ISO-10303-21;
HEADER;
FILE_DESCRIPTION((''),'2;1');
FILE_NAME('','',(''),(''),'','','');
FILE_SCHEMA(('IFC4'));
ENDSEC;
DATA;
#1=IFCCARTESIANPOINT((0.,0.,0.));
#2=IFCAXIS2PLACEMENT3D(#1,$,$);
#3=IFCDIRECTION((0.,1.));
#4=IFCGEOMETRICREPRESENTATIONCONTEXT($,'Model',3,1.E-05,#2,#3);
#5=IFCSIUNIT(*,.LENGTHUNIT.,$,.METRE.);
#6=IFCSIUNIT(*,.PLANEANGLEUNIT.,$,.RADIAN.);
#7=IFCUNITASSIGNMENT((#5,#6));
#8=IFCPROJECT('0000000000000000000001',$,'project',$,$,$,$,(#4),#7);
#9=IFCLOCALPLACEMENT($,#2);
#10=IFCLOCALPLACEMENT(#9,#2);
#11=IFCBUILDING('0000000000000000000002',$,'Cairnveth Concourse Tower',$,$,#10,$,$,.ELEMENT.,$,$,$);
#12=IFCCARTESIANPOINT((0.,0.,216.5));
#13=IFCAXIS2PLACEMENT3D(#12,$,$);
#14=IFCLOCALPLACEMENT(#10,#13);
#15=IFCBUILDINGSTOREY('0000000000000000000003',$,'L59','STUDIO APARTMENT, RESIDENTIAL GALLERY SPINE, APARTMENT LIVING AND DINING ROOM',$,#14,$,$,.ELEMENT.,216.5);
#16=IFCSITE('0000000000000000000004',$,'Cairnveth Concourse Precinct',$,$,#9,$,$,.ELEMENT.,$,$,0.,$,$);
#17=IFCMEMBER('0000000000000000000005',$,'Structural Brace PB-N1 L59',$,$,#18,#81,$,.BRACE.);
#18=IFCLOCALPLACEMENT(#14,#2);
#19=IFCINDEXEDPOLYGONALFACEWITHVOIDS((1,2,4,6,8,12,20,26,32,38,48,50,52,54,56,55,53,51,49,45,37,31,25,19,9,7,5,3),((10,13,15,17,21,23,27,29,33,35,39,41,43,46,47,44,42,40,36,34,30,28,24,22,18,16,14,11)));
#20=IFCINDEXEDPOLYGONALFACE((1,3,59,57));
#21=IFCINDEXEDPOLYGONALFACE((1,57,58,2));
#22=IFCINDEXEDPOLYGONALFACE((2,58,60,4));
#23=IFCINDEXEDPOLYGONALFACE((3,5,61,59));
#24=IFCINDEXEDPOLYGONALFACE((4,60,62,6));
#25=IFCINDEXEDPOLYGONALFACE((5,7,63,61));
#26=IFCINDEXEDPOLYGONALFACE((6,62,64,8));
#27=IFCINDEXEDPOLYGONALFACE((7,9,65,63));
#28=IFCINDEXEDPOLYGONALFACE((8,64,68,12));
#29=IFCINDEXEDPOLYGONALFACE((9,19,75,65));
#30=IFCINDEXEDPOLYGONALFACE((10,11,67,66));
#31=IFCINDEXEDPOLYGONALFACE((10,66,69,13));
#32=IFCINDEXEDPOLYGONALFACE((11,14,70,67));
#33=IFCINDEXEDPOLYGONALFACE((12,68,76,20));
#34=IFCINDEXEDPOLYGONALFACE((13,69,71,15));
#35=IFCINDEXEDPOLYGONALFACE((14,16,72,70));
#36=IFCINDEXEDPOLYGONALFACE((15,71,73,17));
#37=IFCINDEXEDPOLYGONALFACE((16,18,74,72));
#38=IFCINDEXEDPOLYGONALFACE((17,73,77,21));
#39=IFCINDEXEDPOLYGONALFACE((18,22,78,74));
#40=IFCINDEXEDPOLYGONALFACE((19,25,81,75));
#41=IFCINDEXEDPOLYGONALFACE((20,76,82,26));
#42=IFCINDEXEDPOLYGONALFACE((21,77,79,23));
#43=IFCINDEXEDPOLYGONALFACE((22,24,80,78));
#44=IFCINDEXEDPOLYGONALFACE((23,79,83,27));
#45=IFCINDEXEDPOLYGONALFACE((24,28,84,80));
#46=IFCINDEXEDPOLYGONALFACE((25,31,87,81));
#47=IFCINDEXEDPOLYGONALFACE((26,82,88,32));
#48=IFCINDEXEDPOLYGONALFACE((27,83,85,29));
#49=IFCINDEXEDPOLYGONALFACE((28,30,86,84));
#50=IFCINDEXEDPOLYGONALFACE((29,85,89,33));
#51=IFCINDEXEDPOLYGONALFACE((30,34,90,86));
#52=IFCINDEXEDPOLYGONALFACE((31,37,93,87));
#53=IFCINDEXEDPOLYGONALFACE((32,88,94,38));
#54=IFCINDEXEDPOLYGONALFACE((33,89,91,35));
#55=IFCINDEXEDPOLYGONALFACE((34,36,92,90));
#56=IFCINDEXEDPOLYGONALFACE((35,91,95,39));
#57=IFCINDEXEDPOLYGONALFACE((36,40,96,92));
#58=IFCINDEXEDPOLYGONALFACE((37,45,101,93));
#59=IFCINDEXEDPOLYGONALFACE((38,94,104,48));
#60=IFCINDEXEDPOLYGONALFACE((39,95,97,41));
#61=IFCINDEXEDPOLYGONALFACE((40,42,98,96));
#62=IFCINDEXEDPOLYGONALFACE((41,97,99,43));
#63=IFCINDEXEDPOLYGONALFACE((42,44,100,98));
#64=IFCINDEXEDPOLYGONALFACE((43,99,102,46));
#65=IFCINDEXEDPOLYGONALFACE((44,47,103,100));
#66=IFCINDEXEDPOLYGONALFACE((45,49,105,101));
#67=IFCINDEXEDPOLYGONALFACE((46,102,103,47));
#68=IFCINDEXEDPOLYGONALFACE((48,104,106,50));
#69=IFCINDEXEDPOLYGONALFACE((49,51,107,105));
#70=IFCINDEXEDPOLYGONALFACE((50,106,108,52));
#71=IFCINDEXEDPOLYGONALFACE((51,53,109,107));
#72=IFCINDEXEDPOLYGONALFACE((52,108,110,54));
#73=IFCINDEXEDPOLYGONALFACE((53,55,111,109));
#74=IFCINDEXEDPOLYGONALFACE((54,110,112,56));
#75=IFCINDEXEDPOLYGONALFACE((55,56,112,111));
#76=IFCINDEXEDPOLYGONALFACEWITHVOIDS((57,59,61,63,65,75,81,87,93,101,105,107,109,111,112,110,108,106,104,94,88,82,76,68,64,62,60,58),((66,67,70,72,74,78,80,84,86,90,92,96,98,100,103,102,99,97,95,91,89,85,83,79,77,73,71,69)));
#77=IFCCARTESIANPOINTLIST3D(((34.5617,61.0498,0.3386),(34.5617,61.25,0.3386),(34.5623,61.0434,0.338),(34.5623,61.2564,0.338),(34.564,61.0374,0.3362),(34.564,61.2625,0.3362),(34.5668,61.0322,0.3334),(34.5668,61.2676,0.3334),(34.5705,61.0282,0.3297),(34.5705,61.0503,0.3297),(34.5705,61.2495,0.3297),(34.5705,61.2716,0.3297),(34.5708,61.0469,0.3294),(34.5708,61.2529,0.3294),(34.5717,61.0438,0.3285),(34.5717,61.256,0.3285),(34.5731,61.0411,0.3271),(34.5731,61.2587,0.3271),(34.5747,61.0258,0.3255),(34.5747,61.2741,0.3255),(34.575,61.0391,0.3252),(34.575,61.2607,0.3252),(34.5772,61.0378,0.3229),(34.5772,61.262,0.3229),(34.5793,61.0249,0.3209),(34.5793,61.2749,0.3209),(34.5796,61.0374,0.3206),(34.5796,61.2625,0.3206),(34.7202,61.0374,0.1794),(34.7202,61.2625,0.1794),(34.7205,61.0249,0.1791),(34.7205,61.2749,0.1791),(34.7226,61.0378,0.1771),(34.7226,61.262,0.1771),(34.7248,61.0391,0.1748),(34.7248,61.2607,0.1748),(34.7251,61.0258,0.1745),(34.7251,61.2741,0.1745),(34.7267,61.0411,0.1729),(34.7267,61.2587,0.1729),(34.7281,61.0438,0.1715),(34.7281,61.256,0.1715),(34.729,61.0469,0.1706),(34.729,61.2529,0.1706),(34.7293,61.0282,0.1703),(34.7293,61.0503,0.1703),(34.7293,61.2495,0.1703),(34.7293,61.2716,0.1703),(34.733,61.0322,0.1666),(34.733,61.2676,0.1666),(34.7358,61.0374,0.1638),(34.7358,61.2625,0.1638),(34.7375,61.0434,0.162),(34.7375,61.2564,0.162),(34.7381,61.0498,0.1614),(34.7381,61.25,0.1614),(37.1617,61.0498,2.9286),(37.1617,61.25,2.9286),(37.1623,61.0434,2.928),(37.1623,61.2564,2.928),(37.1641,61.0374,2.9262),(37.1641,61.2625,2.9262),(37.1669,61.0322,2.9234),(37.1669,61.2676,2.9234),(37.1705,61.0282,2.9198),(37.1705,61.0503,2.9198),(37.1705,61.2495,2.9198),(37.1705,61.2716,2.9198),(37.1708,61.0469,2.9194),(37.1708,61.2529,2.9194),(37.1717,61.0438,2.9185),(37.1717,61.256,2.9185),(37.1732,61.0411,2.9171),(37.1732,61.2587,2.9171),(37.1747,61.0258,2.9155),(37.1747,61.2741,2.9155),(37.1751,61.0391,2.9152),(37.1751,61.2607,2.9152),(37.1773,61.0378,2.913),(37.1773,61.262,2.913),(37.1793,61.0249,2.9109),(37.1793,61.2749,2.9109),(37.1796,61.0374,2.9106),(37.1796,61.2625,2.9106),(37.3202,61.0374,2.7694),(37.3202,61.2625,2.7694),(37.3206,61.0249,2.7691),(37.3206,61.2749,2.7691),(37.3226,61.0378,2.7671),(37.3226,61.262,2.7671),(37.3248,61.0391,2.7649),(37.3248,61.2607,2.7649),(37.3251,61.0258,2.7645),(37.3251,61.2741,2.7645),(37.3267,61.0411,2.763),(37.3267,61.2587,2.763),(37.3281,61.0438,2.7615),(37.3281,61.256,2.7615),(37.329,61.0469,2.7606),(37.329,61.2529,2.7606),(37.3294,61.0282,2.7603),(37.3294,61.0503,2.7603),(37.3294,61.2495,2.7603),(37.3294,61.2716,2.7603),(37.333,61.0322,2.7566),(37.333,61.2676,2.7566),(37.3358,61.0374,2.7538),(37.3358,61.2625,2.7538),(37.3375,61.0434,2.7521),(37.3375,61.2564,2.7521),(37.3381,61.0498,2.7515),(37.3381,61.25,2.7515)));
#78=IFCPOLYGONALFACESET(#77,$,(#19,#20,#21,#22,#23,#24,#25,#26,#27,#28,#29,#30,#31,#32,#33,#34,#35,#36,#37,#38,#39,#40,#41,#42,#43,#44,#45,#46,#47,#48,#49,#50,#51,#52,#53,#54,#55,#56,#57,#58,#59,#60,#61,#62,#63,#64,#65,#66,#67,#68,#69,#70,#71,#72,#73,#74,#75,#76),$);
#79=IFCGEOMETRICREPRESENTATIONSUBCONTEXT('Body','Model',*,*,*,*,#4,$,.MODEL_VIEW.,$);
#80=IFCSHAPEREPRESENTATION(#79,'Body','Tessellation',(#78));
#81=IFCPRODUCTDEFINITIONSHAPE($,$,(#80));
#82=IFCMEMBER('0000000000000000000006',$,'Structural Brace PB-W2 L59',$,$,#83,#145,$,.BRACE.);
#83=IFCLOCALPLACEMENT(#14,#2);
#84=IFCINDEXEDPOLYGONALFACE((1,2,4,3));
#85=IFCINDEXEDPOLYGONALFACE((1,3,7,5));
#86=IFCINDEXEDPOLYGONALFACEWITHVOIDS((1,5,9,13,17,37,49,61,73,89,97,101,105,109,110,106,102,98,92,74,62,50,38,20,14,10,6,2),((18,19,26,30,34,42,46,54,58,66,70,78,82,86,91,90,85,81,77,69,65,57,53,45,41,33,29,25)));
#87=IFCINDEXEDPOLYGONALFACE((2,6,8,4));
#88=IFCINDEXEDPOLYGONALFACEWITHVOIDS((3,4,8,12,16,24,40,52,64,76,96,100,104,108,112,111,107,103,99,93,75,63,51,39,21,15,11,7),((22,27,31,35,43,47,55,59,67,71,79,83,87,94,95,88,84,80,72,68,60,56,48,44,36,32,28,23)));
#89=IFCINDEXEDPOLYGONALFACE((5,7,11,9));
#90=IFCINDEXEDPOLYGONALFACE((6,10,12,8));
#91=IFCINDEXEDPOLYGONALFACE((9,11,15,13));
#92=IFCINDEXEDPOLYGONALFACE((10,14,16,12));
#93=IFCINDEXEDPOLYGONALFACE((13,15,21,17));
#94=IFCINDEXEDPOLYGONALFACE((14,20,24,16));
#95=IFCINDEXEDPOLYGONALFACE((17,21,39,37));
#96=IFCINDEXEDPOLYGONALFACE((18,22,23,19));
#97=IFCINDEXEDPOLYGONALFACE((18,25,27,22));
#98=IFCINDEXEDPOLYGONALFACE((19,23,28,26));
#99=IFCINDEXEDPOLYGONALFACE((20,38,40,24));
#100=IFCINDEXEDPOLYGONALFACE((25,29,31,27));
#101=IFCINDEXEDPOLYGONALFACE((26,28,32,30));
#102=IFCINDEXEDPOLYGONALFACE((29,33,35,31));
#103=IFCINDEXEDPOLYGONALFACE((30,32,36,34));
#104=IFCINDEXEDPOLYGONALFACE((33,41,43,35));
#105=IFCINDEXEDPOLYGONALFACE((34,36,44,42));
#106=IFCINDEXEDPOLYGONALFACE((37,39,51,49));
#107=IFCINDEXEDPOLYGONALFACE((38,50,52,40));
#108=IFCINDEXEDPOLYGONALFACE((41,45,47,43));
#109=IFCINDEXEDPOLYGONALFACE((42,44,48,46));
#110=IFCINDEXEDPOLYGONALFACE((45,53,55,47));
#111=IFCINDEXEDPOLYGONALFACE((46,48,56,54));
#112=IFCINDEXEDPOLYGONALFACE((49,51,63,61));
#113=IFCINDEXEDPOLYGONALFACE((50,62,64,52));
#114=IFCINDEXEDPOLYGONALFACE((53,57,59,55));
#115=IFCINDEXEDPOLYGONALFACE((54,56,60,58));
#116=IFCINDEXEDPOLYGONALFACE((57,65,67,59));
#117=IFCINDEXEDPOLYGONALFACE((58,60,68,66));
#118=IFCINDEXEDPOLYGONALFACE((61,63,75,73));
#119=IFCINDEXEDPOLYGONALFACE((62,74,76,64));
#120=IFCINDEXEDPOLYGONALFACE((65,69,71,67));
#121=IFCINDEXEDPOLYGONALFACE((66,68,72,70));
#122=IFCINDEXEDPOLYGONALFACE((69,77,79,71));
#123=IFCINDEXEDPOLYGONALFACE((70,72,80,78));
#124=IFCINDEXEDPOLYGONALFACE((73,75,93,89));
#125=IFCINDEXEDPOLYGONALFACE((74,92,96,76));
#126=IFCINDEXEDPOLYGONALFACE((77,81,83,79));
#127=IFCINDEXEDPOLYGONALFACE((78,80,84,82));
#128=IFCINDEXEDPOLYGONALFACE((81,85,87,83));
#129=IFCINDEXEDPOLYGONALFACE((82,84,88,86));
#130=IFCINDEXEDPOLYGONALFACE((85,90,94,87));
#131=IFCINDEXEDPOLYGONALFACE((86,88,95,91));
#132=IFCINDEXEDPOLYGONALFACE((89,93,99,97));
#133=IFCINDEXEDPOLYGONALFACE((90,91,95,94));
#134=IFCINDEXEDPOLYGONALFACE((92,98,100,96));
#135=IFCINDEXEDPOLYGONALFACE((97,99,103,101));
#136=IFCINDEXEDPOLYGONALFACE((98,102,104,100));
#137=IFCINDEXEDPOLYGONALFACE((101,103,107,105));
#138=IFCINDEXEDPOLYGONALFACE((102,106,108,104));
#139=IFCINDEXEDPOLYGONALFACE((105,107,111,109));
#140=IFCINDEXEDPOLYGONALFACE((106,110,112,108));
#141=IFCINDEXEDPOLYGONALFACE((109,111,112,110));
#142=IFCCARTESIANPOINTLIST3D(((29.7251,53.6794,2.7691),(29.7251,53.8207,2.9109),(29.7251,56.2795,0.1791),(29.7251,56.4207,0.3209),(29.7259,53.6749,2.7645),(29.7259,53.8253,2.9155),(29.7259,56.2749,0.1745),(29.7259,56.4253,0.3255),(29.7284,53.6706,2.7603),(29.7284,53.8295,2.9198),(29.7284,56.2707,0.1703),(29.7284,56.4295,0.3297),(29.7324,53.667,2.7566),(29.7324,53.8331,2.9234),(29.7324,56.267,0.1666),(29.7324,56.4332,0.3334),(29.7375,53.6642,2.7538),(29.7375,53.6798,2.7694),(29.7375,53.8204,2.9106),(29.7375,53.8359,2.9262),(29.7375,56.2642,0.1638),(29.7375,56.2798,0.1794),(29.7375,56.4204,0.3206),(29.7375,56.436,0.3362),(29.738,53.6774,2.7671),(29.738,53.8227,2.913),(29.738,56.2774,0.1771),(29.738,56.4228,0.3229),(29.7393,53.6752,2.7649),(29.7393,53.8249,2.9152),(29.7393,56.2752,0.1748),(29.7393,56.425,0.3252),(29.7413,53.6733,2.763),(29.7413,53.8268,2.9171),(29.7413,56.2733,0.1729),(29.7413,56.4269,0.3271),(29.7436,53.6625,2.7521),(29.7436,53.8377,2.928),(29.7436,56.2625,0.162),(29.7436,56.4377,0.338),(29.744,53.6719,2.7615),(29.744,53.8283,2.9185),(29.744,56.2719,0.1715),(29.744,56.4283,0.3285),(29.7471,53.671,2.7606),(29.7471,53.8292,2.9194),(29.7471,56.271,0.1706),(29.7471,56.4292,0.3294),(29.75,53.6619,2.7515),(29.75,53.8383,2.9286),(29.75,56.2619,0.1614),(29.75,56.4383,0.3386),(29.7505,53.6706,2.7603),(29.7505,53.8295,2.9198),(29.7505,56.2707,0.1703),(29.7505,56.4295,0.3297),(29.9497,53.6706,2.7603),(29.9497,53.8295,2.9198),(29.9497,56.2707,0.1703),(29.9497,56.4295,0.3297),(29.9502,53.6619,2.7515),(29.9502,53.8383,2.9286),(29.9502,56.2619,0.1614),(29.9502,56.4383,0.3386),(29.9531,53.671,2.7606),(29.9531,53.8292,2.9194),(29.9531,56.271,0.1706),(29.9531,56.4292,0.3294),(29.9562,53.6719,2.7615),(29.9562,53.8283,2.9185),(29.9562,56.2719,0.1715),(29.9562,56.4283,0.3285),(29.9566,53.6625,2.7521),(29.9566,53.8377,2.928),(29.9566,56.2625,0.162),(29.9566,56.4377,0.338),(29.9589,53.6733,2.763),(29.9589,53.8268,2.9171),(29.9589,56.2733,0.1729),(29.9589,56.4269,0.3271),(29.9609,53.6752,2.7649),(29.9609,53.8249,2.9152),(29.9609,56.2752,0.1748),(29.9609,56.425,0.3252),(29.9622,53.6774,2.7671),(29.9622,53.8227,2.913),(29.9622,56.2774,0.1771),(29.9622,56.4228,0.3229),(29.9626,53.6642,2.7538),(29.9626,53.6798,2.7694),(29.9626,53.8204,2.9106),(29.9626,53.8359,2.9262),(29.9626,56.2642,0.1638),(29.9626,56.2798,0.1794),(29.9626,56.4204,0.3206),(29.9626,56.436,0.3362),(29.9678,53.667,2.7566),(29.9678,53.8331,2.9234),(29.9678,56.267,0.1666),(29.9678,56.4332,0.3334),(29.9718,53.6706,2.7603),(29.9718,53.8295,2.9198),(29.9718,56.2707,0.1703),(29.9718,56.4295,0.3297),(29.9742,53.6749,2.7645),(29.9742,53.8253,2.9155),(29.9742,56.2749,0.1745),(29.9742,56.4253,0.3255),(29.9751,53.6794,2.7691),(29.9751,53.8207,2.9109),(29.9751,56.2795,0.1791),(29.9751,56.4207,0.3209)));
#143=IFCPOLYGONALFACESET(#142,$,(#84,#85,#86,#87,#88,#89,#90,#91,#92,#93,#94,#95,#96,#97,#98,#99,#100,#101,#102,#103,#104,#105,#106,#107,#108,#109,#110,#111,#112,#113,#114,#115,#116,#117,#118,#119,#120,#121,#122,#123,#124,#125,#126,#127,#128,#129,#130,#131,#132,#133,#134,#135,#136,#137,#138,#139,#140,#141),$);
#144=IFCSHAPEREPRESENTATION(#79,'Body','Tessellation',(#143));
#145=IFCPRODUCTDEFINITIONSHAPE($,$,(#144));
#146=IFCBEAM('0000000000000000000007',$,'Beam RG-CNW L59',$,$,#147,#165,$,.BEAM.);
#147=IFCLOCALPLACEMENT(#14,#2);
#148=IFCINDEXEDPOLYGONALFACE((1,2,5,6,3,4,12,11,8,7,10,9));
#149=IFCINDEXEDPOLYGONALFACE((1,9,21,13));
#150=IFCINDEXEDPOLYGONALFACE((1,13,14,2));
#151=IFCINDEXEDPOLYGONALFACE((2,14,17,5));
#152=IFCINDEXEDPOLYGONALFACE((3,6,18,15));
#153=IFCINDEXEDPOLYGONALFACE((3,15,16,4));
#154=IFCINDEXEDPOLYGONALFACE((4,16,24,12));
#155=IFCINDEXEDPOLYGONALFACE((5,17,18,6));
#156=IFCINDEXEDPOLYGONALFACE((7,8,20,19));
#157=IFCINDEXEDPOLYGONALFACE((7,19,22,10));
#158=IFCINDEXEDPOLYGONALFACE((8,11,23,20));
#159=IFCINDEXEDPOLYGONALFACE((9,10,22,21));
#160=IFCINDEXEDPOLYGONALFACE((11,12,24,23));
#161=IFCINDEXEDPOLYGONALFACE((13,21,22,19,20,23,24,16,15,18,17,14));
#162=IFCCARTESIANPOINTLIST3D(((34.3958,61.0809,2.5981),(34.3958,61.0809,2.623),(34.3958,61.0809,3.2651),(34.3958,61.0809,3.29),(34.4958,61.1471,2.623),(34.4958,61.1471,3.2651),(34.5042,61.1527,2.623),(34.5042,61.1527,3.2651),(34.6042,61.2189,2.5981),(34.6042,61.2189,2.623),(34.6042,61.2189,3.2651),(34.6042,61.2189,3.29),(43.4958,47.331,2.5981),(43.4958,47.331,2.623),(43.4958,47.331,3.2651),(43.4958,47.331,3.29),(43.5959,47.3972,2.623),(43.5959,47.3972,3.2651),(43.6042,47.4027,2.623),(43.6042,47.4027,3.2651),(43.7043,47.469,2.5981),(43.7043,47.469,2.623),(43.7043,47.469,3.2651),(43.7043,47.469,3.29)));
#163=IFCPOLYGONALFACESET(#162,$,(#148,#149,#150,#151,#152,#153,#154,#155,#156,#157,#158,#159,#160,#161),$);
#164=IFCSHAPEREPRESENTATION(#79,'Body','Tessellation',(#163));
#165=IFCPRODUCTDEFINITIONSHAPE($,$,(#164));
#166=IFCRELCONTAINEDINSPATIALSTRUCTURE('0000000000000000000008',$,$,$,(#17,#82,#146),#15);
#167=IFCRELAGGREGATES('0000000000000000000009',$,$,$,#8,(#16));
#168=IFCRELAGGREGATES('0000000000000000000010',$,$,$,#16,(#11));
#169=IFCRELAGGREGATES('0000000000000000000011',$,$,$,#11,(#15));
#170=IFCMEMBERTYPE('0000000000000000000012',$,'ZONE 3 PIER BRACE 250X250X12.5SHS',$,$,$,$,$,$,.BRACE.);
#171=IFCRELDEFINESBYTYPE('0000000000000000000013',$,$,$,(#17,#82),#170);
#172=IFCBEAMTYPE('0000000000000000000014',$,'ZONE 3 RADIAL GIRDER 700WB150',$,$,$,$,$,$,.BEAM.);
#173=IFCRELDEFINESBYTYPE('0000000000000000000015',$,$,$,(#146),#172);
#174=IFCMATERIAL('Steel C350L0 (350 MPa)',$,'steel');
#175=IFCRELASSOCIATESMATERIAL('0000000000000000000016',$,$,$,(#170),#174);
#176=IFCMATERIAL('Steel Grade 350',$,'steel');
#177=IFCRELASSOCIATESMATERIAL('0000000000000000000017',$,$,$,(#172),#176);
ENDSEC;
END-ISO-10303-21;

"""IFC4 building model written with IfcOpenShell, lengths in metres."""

from ifc_helpers import new_model, si_unit, direction, frame, origin, origin_2d, place, context, subcontext, project, spatial, hollow_rectangle, i_section, extrude, material, material_profile, profile_set, type_object, element, save


model = new_model("IFC4")

# Units and contexts
model_context = context("Model", 3, precision=1e-05, world=origin(), true_north=direction((0.0, 1.0)))
body_context = subcontext(model_context, "Body", "Model", "MODEL_VIEW")
ifc_project = project(units=[si_unit("LENGTHUNIT", "METRE"), si_unit("PLANEANGLEUNIT", "RADIAN")], contexts=[model_context])

# Site, building, storey
site_placement = place(None, origin())
site = spatial("IfcSite", under=ifc_project, at=site_placement, Name="Cairnveth Concourse Precinct", CompositionType="ELEMENT", RefElevation=0.0)
building_placement = place(site_placement, origin())
building = spatial("IfcBuilding", under=site, at=building_placement, Name="Cairnveth Concourse Tower", CompositionType="ELEMENT")
storey_placement = place(building_placement, frame((0.0, 0.0, 216.5)))
storey = spatial("IfcBuildingStorey", under=building, at=storey_placement, Name="L59", Description="STUDIO APARTMENT, RESIDENTIAL GALLERY SPINE, APARTMENT LIVING AND DINING ROOM", CompositionType="ELEMENT", Elevation=216.5)

# Shared definitions
ifc_material_1 = material(Name="Steel Grade 350", Category="steel")

# Members
ifc_material_2 = material(Name="Steel C350L0 (350 MPa)", Category="steel")
ifc_material_profile_1 = material_profile(ifc_material_2, hollow_rectangle(XDim=0.25, YDim=0.25, WallThickness=0.0125, InnerFilletRadius=0.0129, OuterFilletRadius=0.0249, at=origin_2d()), Name="250x250x12.5SHS")
ifc_profile_set_1 = profile_set([ifc_material_profile_1], Name="Steel C350L0 (350 MPa)")
member_type = type_object("IfcMemberType", Name="ZONE 3 PIER BRACE 250X250X12.5SHS", PredefinedType="BRACE", material=ifc_profile_set_1)
for number, where, z_axis, x_axis, name in (
    (1, (34.6499, 61.1499, 0.25), (0.708469, 0.0, 0.705742), (0.0, 1.0, 0.0), "Structural Brace PB-N1 L59"),
    (2, (29.8501, 56.3501, 0.25), (0.0, -0.708469, 0.705742), (1.0, 0.0, 0.0), "Structural Brace PB-W2 L59"),
):
    element("IfcMember", number, at=place(storey_placement, frame(where, z_axis=z_axis, x_axis=x_axis)), inside=storey, type_object=member_type, Name=name, PredefinedType="BRACE", context=body_context, shape_type="SweptSolid", body=[
        extrude(hollow_rectangle(XDim=0.25, YDim=0.25, WallThickness=0.0125, InnerFilletRadius=0.0129, OuterFilletRadius=0.0249, at=origin_2d()), origin(), (0.0, 0.0, 1.0), 3.6699),
    ])

# Beam
ifc_material_profile_2 = material_profile(ifc_material_1, i_section(OverallWidth=0.25, OverallDepth=0.6919, WebThickness=0.01, FlangeThickness=0.0249, at=origin_2d()), Name="700WB150")
ifc_profile_set_2 = profile_set([ifc_material_profile_2], Name="Steel Grade 350")
beam_type_1 = type_object("IfcBeamType", Name="ZONE 3 RADIAL GIRDER 700WB150", PredefinedType="BEAM", material=ifc_profile_set_2)
beam_1_placement = place(storey_placement, frame((34.5, 61.1499, 2.9441), z_axis=(0.551902, -0.833909, 0.0), x_axis=(0.833909, 0.551902, 0.0)))
element("IfcBeam", 3, at=beam_1_placement, inside=storey, type_object=beam_type_1, Name="Beam RG-CNW L59", PredefinedType="BEAM", context=body_context, shape_type="SweptSolid", body=[
    extrude(i_section(OverallWidth=0.25, OverallDepth=0.6919, WebThickness=0.01, FlangeThickness=0.0249, at=origin_2d()), origin(), (0.0, 0.0, 1.0), 16.4885),
])

save(model, "model.ifc")
